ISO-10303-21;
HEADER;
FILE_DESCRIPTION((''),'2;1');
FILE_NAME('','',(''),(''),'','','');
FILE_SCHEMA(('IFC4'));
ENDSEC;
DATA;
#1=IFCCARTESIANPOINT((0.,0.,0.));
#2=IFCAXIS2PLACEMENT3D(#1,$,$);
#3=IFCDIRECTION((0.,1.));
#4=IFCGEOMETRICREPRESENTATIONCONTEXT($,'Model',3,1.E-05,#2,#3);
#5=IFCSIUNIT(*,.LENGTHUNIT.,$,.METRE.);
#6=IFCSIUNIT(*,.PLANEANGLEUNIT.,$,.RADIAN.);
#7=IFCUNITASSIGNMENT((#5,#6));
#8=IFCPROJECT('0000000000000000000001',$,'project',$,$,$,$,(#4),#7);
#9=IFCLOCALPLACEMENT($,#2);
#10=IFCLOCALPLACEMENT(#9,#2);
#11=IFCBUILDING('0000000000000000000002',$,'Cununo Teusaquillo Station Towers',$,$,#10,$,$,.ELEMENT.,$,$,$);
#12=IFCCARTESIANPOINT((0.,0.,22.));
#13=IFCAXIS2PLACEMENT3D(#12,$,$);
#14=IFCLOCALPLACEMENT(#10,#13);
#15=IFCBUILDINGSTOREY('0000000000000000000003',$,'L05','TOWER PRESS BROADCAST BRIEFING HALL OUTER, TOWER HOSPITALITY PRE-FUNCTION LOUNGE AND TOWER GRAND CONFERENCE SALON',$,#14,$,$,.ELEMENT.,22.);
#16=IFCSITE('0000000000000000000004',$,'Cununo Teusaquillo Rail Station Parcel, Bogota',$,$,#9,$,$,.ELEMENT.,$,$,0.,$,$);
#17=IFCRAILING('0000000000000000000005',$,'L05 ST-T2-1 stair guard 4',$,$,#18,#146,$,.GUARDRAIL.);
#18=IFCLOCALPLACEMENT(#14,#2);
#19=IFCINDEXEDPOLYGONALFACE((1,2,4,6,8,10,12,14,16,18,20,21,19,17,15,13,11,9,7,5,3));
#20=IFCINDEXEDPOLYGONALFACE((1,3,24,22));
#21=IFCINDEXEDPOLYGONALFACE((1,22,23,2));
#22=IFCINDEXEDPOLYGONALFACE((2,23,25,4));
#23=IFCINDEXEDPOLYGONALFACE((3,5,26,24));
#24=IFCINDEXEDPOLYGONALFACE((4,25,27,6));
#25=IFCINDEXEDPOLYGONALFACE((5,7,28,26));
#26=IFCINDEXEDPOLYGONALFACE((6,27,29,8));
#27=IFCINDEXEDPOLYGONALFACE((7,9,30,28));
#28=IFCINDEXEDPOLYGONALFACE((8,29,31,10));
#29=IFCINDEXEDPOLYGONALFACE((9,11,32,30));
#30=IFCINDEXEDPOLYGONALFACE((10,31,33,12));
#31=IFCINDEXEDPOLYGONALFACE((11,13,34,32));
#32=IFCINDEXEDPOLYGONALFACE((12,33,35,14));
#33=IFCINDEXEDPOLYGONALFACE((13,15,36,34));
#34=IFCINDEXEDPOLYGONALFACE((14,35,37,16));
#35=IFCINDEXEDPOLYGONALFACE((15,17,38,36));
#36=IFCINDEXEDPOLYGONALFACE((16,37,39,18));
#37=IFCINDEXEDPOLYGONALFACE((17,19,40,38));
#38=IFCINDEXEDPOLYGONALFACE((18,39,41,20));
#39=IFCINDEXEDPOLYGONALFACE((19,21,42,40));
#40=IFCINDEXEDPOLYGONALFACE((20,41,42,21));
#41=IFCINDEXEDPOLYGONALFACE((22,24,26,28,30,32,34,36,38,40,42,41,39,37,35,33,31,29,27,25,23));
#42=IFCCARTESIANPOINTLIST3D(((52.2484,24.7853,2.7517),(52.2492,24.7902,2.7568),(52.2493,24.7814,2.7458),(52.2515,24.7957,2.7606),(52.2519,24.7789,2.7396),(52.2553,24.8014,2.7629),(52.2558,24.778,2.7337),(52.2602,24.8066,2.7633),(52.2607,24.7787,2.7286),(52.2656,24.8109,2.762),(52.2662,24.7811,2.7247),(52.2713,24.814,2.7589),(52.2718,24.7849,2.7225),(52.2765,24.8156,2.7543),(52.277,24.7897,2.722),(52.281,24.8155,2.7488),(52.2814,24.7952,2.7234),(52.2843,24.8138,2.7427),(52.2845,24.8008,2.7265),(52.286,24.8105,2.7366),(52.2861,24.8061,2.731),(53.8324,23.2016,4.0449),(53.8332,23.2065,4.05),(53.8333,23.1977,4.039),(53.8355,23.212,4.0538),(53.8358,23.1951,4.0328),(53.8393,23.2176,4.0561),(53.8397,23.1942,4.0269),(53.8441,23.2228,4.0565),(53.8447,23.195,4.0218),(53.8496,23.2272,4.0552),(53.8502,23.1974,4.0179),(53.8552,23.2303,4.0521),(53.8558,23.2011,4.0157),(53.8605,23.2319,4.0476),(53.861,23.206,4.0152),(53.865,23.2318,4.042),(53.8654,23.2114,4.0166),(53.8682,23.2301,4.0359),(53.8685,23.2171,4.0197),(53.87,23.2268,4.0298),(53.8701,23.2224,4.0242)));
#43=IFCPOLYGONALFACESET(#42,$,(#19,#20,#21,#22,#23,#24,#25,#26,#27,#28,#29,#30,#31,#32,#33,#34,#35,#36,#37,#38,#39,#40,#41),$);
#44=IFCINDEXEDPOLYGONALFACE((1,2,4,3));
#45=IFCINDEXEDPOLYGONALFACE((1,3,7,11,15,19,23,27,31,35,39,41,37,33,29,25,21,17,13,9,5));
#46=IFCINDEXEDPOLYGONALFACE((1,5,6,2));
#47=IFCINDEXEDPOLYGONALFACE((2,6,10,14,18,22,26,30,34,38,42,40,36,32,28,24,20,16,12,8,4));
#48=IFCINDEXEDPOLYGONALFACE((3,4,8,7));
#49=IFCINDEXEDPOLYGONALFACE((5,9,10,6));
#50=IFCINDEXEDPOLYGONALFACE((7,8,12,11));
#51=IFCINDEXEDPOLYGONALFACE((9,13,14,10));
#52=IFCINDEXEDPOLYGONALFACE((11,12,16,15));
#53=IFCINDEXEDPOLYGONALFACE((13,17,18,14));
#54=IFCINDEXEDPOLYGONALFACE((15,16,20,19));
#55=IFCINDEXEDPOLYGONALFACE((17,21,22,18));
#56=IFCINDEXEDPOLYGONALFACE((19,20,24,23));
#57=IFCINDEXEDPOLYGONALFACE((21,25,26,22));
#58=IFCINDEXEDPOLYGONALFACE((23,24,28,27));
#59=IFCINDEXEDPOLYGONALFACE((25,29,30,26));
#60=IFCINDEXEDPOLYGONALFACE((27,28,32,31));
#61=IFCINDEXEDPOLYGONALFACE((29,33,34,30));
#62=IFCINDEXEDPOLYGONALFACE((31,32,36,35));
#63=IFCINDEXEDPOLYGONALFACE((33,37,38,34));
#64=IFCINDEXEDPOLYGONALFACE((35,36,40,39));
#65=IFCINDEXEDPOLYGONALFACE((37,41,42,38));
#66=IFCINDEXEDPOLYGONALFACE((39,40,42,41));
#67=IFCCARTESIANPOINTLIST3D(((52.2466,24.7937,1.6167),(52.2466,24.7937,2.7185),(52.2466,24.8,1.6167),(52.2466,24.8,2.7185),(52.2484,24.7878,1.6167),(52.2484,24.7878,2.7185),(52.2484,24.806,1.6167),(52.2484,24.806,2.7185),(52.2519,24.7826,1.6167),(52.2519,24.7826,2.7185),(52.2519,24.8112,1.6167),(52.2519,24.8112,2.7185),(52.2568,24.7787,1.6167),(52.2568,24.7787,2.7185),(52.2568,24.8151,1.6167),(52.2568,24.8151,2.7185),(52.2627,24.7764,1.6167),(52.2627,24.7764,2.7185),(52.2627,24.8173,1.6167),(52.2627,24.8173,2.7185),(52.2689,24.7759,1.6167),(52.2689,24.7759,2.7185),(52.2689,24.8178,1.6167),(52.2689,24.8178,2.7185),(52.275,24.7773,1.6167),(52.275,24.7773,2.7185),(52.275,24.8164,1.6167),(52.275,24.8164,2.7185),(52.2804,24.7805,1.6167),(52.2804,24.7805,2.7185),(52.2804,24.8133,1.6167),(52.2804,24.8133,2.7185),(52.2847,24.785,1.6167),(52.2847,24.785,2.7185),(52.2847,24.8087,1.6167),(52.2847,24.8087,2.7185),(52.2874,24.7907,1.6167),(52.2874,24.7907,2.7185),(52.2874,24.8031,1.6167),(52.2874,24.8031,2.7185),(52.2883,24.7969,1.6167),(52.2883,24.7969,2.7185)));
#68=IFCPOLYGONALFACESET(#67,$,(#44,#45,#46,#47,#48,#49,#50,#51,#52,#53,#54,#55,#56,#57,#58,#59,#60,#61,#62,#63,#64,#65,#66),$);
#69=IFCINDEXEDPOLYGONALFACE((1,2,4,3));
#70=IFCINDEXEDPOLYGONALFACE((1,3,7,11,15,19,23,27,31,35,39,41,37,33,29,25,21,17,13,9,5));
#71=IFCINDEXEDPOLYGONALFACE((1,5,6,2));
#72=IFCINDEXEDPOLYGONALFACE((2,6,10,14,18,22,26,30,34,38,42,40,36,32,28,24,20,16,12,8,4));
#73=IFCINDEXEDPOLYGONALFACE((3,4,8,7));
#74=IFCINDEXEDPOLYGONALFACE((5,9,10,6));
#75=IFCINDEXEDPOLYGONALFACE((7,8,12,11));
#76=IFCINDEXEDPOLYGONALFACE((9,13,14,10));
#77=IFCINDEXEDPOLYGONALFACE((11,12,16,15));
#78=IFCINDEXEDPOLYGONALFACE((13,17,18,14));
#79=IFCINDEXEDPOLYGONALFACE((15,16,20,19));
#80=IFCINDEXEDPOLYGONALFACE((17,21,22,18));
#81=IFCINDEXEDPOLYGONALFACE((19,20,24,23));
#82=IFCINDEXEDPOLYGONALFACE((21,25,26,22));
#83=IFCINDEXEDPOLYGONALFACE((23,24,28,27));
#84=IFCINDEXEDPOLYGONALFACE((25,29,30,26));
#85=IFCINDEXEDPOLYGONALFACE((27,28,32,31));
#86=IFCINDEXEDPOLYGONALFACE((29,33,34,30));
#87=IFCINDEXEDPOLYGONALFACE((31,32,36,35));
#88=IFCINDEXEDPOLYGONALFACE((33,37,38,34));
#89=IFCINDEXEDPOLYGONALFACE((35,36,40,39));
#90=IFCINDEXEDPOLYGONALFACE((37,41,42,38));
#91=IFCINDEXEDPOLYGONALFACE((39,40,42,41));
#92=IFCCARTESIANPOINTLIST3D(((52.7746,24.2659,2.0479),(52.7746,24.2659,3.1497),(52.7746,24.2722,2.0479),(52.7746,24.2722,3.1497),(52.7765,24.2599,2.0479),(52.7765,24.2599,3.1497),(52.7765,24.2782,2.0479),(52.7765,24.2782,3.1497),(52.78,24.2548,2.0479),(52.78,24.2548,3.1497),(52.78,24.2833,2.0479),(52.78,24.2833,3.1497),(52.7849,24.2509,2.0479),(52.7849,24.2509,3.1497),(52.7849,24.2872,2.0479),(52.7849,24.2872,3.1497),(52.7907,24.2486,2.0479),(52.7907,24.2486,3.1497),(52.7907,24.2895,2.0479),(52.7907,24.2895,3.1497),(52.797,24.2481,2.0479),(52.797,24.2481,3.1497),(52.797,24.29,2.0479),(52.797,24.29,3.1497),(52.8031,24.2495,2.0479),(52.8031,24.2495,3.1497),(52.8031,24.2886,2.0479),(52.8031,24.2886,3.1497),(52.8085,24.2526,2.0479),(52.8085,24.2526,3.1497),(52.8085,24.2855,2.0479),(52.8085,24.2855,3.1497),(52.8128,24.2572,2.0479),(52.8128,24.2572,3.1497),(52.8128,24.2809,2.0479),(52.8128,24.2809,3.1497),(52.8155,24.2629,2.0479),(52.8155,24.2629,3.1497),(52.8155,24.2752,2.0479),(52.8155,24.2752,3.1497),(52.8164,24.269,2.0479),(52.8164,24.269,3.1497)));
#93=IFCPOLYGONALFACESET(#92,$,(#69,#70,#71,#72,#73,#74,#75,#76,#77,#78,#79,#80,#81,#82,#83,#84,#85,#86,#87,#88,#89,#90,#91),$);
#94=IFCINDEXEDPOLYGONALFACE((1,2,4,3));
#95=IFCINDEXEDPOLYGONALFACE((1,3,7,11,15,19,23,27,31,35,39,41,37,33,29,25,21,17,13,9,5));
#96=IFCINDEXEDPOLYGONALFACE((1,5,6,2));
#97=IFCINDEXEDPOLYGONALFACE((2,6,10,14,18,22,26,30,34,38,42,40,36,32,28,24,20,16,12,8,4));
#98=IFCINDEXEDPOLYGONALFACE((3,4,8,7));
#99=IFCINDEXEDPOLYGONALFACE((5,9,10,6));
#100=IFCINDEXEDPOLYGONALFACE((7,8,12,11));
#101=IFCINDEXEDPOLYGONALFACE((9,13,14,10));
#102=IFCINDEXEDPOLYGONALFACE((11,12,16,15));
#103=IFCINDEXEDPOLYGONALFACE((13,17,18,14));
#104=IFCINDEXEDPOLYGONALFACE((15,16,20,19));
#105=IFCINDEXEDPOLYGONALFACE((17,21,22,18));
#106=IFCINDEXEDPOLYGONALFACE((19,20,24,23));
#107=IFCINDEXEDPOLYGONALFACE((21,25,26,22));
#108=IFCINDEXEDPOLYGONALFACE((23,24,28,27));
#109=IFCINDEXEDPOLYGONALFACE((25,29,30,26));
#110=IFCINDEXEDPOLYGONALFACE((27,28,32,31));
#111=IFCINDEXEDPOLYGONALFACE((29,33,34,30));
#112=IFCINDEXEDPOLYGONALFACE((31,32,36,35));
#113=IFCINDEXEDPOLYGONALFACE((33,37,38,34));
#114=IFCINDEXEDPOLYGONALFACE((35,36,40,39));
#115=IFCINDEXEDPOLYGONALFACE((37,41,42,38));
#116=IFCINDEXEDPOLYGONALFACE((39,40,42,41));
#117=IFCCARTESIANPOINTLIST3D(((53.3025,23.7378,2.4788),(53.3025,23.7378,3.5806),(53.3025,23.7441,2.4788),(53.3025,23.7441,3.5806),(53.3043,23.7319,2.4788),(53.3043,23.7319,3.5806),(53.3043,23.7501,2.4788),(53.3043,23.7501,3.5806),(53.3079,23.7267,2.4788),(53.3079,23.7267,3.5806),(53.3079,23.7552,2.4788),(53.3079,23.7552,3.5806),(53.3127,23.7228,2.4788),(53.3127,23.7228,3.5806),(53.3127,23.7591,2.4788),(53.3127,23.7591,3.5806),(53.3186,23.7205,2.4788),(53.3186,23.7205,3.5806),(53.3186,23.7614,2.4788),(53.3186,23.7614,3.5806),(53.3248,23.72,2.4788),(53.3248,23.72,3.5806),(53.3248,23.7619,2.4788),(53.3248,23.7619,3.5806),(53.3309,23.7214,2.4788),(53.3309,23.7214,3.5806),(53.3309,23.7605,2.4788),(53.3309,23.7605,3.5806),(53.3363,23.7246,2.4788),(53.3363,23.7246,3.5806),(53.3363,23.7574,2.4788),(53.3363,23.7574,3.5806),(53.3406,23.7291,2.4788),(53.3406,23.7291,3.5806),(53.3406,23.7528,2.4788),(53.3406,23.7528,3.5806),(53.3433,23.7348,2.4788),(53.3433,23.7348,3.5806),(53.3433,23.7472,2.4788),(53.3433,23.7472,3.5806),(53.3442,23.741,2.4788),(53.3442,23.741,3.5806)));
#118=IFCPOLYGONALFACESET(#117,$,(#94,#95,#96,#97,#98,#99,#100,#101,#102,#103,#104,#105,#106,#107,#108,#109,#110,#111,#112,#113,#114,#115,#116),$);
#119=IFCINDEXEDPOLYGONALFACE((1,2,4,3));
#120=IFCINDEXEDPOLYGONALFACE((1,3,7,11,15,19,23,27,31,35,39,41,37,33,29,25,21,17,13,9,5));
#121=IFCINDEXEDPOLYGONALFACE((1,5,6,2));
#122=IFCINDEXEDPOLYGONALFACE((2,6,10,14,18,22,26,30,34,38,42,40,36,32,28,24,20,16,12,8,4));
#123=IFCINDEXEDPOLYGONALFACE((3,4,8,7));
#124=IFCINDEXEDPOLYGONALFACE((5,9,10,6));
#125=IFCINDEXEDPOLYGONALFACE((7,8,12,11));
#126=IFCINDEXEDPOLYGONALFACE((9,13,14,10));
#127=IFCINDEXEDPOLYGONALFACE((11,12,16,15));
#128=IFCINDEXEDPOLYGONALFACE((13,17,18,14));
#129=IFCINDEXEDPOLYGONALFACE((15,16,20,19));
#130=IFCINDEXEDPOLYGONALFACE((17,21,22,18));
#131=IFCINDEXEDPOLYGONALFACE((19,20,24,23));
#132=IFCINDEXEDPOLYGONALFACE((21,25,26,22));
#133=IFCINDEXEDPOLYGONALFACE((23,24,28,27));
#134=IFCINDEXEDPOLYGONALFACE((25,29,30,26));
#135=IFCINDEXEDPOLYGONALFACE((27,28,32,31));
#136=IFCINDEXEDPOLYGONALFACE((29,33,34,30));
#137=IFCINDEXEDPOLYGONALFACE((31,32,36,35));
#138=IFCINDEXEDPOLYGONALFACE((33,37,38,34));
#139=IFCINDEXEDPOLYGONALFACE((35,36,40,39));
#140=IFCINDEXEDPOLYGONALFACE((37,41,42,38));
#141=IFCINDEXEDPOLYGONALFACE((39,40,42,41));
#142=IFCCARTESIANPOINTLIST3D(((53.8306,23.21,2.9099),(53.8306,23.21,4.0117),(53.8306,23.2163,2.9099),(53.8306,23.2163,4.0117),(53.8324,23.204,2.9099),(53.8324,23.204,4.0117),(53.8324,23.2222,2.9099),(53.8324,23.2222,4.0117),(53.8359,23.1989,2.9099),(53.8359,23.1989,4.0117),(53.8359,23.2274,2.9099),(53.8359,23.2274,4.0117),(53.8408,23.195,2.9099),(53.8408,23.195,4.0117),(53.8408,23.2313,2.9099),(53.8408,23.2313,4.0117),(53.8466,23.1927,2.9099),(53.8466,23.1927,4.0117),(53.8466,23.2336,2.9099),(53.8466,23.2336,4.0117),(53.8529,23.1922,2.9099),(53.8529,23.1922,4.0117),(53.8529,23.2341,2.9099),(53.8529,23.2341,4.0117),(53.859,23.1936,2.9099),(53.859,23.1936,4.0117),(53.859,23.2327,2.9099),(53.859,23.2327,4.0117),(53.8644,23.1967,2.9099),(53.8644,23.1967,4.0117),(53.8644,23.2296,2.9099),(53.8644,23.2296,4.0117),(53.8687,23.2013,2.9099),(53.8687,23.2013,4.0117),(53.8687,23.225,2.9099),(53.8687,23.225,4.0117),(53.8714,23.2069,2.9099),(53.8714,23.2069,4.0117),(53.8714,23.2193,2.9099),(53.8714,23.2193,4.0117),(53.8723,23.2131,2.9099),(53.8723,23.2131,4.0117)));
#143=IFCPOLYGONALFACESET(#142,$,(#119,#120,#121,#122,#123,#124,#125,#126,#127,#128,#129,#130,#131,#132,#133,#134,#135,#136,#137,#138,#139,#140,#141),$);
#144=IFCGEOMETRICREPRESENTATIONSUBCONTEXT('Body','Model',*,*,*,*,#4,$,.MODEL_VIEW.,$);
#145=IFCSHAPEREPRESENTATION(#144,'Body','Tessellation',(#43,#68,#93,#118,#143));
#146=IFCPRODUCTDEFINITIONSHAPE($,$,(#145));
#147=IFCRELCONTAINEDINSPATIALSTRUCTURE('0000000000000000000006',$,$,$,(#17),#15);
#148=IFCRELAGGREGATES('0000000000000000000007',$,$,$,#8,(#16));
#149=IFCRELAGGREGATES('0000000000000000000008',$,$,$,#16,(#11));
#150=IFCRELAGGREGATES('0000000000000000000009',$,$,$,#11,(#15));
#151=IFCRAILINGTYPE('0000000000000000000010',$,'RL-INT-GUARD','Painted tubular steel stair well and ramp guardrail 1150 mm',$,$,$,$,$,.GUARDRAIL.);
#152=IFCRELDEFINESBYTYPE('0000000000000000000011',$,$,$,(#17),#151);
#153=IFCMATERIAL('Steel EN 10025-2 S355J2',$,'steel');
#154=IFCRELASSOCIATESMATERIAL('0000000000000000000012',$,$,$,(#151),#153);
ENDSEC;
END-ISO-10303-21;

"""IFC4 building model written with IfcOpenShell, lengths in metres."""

from ifc_helpers import new_model, si_unit, direction, frame, origin, origin_2d, place, context, subcontext, project, spatial, circle, extrude, material, type_object, element, save


model = new_model("IFC4")

# Units and contexts
model_context = context("Model", 3, precision=1e-05, world=origin(), true_north=direction((0.0, 1.0)))
body_context = subcontext(model_context, "Body", "Model", "MODEL_VIEW")
ifc_project = project(units=[si_unit("LENGTHUNIT", "METRE"), si_unit("PLANEANGLEUNIT", "RADIAN")], contexts=[model_context])

# Site, building, storey
site_placement = place(None, origin())
site = spatial("IfcSite", under=ifc_project, at=site_placement, Name="Cununo Teusaquillo Rail Station Parcel, Bogota", CompositionType="ELEMENT", RefElevation=0.0)
building_placement = place(site_placement, origin())
building = spatial("IfcBuilding", under=site, at=building_placement, Name="Cununo Teusaquillo Station Towers", CompositionType="ELEMENT")
storey_placement = place(building_placement, frame((0.0, 0.0, 22.0)))
storey = spatial("IfcBuildingStorey", under=building, at=storey_placement, Name="L05", Description="TOWER PRESS BROADCAST BRIEFING HALL OUTER, TOWER HOSPITALITY PRE-FUNCTION LOUNGE AND TOWER GRAND CONFERENCE SALON", CompositionType="ELEMENT", Elevation=22.0)

# Railing
ifc_material_1 = material(Name="Steel EN 10025-2 S355J2", Category="steel")
railing_type_1 = type_object("IfcRailingType", Name="RL-INT-GUARD", Description="Painted tubular steel stair well and ramp guardrail 1150 mm", PredefinedType="GUARDRAIL", material=ifc_material_1)
railing_1_placement = place(storey_placement, frame((52.2673, 24.7969, 1.6167)))
element("IfcRailing", 1, at=railing_1_placement, inside=storey, type_object=railing_type_1, Name="L05 ST-T2-1 stair guard 4", PredefinedType="GUARDRAIL", context=body_context, shape_type="SweptSolid", body=[
    extrude(circle(Radius=0.0239, at=origin_2d()), frame((0.0, 0.0, 1.126), z_axis=(0.61242, -0.612326, 0.499998), x_axis=(0.707052, 0.707161, 0.0)), (0.0, 0.0, 1.0), 2.5864),
    extrude(circle(Radius=0.021, at=origin_2d()), origin(), (0.0, 0.0, 1.0), 1.1018),
    extrude(circle(Radius=0.021, at=origin_2d()), frame((0.5281, -0.5278, 0.4312)), (0.0, 0.0, 1.0), 1.1018),
    extrude(circle(Radius=0.021, at=origin_2d()), frame((1.0559, -1.0559, 0.8621)), (0.0, 0.0, 1.0), 1.1018),
    extrude(circle(Radius=0.021, at=origin_2d()), frame((1.584, -1.5837, 1.2932)), (0.0, 0.0, 1.0), 1.1018),
])

save(model, "model.ifc")
